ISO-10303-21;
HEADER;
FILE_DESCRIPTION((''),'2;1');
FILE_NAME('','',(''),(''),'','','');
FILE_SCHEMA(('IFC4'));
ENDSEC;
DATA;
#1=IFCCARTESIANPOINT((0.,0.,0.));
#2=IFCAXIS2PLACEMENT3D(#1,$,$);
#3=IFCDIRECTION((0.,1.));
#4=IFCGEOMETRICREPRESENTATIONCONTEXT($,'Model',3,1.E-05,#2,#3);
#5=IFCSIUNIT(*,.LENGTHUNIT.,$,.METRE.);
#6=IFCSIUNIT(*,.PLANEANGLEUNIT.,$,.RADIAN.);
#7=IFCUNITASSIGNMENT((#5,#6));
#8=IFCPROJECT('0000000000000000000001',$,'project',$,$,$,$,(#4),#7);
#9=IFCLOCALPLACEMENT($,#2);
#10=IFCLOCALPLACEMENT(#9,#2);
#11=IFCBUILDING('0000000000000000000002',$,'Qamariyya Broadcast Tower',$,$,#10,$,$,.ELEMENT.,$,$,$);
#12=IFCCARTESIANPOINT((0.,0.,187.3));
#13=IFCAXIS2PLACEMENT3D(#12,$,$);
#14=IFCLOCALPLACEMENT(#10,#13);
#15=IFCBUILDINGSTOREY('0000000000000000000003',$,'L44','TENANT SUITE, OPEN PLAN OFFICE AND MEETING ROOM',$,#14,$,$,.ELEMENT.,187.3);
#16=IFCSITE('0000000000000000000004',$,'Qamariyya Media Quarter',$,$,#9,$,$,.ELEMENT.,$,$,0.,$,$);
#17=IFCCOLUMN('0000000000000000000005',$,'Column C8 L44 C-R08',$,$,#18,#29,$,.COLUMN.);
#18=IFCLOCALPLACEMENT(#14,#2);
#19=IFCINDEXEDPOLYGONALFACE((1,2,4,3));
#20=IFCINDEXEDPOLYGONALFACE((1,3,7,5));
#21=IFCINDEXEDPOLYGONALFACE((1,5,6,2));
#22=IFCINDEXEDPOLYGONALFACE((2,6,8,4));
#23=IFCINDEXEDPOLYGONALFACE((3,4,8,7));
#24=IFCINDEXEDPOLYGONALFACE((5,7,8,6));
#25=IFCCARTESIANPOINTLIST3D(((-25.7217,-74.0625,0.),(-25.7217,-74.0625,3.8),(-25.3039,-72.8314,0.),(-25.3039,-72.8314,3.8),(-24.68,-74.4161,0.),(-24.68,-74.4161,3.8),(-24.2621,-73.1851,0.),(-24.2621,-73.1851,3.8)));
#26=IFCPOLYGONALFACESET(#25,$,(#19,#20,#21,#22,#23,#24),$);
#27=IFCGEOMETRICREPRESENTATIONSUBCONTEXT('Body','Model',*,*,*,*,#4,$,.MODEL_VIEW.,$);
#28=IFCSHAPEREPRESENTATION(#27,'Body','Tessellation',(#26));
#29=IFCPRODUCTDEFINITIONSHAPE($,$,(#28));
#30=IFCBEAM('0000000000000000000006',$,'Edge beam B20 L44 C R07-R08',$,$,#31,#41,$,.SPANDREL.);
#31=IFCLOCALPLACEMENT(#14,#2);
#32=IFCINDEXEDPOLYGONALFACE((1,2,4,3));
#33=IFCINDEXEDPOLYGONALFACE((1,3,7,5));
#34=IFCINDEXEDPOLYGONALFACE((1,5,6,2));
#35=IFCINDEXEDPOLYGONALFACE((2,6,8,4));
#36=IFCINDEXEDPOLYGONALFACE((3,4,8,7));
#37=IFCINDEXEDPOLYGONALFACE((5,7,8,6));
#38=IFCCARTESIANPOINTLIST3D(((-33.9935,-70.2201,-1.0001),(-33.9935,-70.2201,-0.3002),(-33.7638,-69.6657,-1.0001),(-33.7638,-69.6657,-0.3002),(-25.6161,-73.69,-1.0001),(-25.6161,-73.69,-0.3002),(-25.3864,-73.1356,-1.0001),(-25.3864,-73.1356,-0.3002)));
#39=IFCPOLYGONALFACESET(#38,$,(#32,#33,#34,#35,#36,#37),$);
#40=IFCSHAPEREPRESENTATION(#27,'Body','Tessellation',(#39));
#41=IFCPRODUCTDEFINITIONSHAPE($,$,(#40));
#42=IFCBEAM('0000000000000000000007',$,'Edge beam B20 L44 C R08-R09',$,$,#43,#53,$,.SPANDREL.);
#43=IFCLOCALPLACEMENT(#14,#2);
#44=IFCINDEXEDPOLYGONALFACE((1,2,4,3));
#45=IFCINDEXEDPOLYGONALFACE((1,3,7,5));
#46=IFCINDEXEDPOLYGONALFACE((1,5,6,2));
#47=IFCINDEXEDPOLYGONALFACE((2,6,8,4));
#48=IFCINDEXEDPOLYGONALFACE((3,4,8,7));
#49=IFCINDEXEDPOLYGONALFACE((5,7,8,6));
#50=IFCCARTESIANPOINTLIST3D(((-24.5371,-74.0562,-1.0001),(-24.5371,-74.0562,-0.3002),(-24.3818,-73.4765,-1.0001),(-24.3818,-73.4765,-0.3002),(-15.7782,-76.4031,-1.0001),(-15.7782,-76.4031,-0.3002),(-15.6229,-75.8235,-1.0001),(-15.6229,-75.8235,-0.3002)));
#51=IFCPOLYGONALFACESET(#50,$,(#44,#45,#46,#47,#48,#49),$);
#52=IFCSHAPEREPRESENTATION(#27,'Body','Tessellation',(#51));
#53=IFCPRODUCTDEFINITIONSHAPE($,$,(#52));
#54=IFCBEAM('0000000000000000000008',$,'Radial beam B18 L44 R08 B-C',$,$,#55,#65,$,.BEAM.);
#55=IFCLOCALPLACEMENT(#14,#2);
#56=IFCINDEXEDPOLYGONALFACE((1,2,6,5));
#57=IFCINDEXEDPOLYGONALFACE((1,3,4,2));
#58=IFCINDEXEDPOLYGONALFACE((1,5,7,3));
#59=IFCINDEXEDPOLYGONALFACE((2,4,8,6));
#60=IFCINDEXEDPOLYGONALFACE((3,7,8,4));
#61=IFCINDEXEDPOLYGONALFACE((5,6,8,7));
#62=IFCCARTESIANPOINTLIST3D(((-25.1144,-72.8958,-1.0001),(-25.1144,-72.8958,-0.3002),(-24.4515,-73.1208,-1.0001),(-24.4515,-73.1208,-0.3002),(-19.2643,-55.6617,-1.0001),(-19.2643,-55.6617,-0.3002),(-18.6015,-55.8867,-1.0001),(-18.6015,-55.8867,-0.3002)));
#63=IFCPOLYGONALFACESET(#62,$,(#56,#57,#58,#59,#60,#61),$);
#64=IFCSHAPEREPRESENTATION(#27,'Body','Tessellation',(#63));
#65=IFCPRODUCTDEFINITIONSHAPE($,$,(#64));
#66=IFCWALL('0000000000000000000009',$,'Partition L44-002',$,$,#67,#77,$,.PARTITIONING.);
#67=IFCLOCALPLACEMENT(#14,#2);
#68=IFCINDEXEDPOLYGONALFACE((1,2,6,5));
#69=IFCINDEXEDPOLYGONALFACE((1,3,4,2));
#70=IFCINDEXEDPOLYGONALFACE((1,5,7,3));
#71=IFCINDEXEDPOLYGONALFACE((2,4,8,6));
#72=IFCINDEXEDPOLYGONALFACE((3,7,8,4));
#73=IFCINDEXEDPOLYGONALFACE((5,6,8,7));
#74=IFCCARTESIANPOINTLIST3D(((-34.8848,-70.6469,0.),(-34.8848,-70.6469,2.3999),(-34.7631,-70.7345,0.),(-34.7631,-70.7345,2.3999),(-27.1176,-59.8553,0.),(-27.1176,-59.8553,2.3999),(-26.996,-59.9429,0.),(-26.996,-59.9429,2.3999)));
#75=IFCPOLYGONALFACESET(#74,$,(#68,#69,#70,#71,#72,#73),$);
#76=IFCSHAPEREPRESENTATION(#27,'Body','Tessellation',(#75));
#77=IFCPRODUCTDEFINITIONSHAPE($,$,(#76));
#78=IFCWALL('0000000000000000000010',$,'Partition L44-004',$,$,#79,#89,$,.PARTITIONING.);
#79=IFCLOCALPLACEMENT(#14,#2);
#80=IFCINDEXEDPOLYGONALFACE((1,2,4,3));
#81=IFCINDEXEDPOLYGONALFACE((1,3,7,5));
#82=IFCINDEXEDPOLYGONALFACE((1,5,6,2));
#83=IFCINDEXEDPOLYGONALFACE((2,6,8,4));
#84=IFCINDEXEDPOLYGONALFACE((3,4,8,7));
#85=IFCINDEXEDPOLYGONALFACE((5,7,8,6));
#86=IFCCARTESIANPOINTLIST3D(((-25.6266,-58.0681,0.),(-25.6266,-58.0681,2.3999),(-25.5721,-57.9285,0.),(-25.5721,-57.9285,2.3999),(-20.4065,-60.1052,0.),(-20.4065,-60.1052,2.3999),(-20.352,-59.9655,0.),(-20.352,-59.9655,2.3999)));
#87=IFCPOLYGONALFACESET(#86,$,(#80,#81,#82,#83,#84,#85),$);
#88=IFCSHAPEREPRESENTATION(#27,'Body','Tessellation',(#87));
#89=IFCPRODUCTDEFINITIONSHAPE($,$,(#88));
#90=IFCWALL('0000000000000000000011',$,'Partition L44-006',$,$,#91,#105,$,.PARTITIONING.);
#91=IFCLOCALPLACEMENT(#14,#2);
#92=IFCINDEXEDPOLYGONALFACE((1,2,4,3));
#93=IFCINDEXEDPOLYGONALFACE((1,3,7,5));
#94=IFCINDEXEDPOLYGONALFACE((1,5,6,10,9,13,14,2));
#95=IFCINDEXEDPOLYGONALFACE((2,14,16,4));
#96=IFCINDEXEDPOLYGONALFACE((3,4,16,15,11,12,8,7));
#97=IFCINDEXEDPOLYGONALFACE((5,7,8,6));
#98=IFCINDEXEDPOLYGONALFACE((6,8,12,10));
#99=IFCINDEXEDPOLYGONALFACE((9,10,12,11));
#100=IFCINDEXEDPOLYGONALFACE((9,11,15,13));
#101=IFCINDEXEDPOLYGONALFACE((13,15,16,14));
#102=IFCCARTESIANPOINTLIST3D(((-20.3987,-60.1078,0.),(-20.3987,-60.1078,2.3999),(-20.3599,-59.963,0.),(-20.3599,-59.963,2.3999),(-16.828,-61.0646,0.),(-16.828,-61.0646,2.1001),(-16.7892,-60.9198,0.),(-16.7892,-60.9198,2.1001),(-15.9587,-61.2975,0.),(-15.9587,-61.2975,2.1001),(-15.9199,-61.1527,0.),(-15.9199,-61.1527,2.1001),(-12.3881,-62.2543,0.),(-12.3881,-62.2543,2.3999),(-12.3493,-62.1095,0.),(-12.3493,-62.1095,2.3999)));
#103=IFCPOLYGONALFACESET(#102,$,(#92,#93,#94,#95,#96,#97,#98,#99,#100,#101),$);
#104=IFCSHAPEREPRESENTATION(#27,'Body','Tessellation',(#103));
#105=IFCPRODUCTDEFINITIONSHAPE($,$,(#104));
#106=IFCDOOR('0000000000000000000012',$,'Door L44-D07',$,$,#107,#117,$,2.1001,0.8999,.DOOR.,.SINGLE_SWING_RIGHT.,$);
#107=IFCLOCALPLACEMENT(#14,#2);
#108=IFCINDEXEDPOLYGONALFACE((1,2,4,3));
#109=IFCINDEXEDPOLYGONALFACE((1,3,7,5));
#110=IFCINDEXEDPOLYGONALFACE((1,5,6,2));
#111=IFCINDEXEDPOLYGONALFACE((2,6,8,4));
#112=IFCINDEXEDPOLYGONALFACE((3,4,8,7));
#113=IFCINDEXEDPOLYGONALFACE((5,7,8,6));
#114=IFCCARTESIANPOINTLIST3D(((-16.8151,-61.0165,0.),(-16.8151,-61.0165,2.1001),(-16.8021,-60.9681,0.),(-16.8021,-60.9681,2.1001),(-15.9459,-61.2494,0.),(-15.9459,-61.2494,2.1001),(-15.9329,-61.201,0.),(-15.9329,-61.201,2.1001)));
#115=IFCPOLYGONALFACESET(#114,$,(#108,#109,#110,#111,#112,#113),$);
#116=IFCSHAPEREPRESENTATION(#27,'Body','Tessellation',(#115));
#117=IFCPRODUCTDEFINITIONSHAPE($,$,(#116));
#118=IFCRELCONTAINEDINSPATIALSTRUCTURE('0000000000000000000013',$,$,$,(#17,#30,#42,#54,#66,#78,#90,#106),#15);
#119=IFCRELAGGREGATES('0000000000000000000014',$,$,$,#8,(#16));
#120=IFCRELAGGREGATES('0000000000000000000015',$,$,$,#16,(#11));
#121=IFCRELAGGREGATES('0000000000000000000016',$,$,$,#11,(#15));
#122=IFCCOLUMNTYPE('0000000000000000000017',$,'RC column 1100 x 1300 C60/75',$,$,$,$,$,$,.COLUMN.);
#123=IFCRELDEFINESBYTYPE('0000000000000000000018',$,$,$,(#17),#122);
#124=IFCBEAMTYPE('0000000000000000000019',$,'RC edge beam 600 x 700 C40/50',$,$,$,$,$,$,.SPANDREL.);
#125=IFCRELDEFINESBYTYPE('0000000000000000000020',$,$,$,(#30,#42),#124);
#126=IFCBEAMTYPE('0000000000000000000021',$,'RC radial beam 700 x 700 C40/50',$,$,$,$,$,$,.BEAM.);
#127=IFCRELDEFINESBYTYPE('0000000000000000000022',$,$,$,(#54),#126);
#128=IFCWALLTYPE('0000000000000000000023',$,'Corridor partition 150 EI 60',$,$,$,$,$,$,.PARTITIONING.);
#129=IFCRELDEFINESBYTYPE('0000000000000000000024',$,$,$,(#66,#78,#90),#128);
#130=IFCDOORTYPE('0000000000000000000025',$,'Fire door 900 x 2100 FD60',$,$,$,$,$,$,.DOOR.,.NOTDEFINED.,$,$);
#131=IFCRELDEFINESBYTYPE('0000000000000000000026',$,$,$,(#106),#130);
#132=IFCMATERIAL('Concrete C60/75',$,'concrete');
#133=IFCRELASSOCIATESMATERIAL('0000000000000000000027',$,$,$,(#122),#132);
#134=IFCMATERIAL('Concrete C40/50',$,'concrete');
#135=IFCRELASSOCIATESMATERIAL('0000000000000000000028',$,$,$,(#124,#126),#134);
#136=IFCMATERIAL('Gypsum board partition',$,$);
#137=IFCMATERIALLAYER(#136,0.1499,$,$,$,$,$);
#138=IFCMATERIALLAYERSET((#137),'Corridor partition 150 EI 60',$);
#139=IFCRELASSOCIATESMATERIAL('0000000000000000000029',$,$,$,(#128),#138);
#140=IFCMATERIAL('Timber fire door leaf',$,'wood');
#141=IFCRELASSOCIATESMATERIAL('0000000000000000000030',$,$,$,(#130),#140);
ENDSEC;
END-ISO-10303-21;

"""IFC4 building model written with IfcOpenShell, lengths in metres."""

from ifc_helpers import new_model, si_unit, direction, frame, frame_2d, origin, origin_2d, place, context, subcontext, project, spatial, rectangle, extrude, material, layer, layer_set, material_profile, profile_set, type_object, element, fill, save


model = new_model("IFC4")

# Units and contexts
model_context = context("Model", 3, precision=1e-05, world=origin(), true_north=direction((0.0, 1.0)))
body_context = subcontext(model_context, "Body", "Model", "MODEL_VIEW")
ifc_project = project(units=[si_unit("LENGTHUNIT", "METRE"), si_unit("PLANEANGLEUNIT", "RADIAN")], contexts=[model_context])

# Site, building, storey
site_placement = place(None, origin())
site = spatial("IfcSite", under=ifc_project, at=site_placement, Name="Qamariyya Media Quarter", CompositionType="ELEMENT", RefElevation=0.0)
building_placement = place(site_placement, origin())
building = spatial("IfcBuilding", under=site, at=building_placement, Name="Qamariyya Broadcast Tower", CompositionType="ELEMENT")
storey_placement = place(building_placement, frame((0.0, 0.0, 187.3)))
storey = spatial("IfcBuildingStorey", under=building, at=storey_placement, Name="L44", Description="TENANT SUITE, OPEN PLAN OFFICE AND MEETING ROOM", CompositionType="ELEMENT", Elevation=187.3)

# Column
ifc_material_1 = material(Name="Concrete C60/75", Category="concrete")
ifc_material_profile_1 = material_profile(ifc_material_1, rectangle(XDim=1.1001, YDim=1.3, at=origin_2d()))
ifc_profile_set_1 = profile_set([ifc_material_profile_1], Name="Concrete C60/75")
column_type = type_object("IfcColumnType", Name="RC column 1100 x 1300 C60/75", PredefinedType="COLUMN", material=ifc_profile_set_1)
column_placement = place(storey_placement, frame((-24.9919, -73.6238, 0.0), z_axis=(0.0, 0.0, 1.0), x_axis=(0.94693, -0.321439, 0.0)))
element("IfcColumn", 1, at=column_placement, inside=storey, type_object=column_type, Name="Column C8 L44 C-R08", PredefinedType="COLUMN", context=body_context, shape_type="SweptSolid", body=[
    extrude(rectangle(XDim=1.1001, YDim=1.3, at=origin_2d()), origin(), (0.0, 0.0, 1.0), 3.8),
])

# Beams
ifc_material_2 = material(Name="Concrete C40/50", Category="concrete")
ifc_material_profile_2 = material_profile(ifc_material_2, rectangle(XDim=0.6001, YDim=0.7, at=origin_2d()))
ifc_profile_set_2 = profile_set([ifc_material_profile_2], Name="Concrete C40/50")
beam_type_1 = type_object("IfcBeamType", Name="RC edge beam 600 x 700 C40/50", PredefinedType="SPANDREL", material=ifc_profile_set_2)
beam_1_placement = place(storey_placement, frame((-33.8787, -69.9429, -0.6501), z_axis=(0.923883, -0.382676, 0.0), x_axis=(0.382676, 0.923883, 0.0)))
element("IfcBeam", 2, at=beam_1_placement, inside=storey, type_object=beam_type_1, Name="Edge beam B20 L44 C R07-R08", PredefinedType="SPANDREL", context=body_context, shape_type="SweptSolid", body=[
    extrude(rectangle(XDim=0.6001, YDim=0.7, at=origin_2d()), origin(), (0.0, 0.0, 1.0), 9.0676),
])
beam_2_placement = place(storey_placement, frame((-24.4595, -73.7664, -0.6501), z_axis=(0.965925, -0.25882, 0.0), x_axis=(0.25882, 0.965925, 0.0)))
element("IfcBeam", 3, at=beam_2_placement, inside=storey, type_object=beam_type_1, Name="Edge beam B20 L44 C R08-R09", PredefinedType="SPANDREL", context=body_context, shape_type="SweptSolid", body=[
    extrude(rectangle(XDim=0.6001, YDim=0.7, at=origin_2d()), origin(), (0.0, 0.0, 1.0), 9.0679),
])
ifc_material_profile_3 = material_profile(ifc_material_2, rectangle(XDim=0.7, YDim=0.7, at=origin_2d()))
ifc_profile_set_3 = profile_set([ifc_material_profile_3], Name="Concrete C40/50")
beam_type_2 = type_object("IfcBeamType", Name="RC radial beam 700 x 700 C40/50", PredefinedType="BEAM", material=ifc_profile_set_3)
beam_3_placement = place(storey_placement, frame((-18.9329, -55.7742, -0.6501), z_axis=(-0.321434, -0.946932, 0.0), x_axis=(0.946932, -0.321434, 0.0)))
element("IfcBeam", 4, at=beam_3_placement, inside=storey, type_object=beam_type_2, Name="Radial beam B18 L44 R08 B-C", PredefinedType="BEAM", context=body_context, shape_type="SweptSolid", body=[
    extrude(rectangle(XDim=0.7, YDim=0.7, at=origin_2d()), origin(), (0.0, 0.0, 1.0), 18.2),
])

# Walls
ifc_material_3 = material(Name="Gypsum board partition")
ifc_layer_1 = layer(ifc_material_3, 0.1499)
ifc_layer_set_1 = layer_set([ifc_layer_1], Name="Corridor partition 150 EI 60")
wall_type_1 = type_object("IfcWallType", Name="Corridor partition 150 EI 60", PredefinedType="PARTITIONING", material=ifc_layer_set_1)
wall_1_placement = place(storey_placement, frame((-27.0569, -59.8992, 0.0), z_axis=(0.0, 0.0, 1.0), x_axis=(-0.584166, -0.811634, 0.0)))
element("IfcWall", 5, at=wall_1_placement, inside=storey, type_object=wall_type_1, Name="Partition L44-002", PredefinedType="PARTITIONING", context=body_context, shape_type="SweptSolid", body=[
    extrude(rectangle(XDim=13.2961, YDim=0.1499, at=frame_2d((6.6479, 0.0))), origin(), (0.0, 0.0, 1.0), 2.3999),
])
wall_2_placement = place(storey_placement, frame((-25.5994, -57.9983, 0.0), z_axis=(0.0, 0.0, 1.0), x_axis=(0.93158, -0.363535, 0.0)))
element("IfcWall", 6, at=wall_2_placement, inside=storey, type_object=wall_type_1, Name="Partition L44-004", PredefinedType="PARTITIONING", context=body_context, shape_type="SweptSolid", body=[
    extrude(rectangle(XDim=5.6035, YDim=0.1499, at=frame_2d((2.8018, 0.0))), origin(), (0.0, 0.0, 1.0), 2.3999),
])

# Wall, opening, door
wall_3_placement = place(storey_placement, frame((-20.3792, -60.0354, 0.0), z_axis=(0.0, 0.0, 1.0), x_axis=(0.965923, -0.258828, 0.0)))
wall_3 = element("IfcWall", 7, at=wall_3_placement, inside=storey, type_object=wall_type_1, Name="Partition L44-006", PredefinedType="PARTITIONING", context=body_context, shape_type="SweptSolid", body=[
    extrude(rectangle(XDim=8.2932, YDim=0.1499, at=frame_2d((4.1465, 0.0))), origin(), (0.0, 0.0, 1.0), 2.3999),
])
opening_1_placement = place(wall_3_placement, frame((3.6965, 0.0, 0.0)))
opening_1 = element("IfcOpeningElement", 8, at=opening_1_placement, cuts=wall_3, PredefinedType="OPENING", context=body_context, shape_type="SweptSolid", body=[
    extrude(rectangle(XDim=0.8999, YDim=2.1001, at=frame_2d((0.45, 1.05))), frame((0.0, 0.085, 0.0), z_axis=(0.0, -1.0, 0.0), x_axis=(1.0, 0.0, 0.0)), (0.0, 0.0, 1.0), 0.1699),
])
ifc_material_4 = material(Name="Timber fire door leaf", Category="wood")
door_type_1 = type_object("IfcDoorType", Name="Fire door 900 x 2100 FD60", OperationType="NOTDEFINED", PredefinedType="DOOR", material=ifc_material_4)
door_1_placement = place(opening_1_placement, origin())
door_1 = element("IfcDoor", 9, at=door_1_placement, inside=storey, type_object=door_type_1, Name="Door L44-D07", OperationType="SINGLE_SWING_RIGHT", OverallHeight=2.1001, OverallWidth=0.8999, PredefinedType="DOOR", context=body_context, shape_type="SweptSolid", body=[
    extrude(rectangle(XDim=0.8999, YDim=2.1001, at=frame_2d((0.45, 1.05))), frame((0.0, 0.0249, 0.0), z_axis=(0.0, -1.0, 0.0), x_axis=(1.0, 0.0, 0.0)), (0.0, 0.0, 1.0), 0.05),
])
fill(opening_1, door_1)

save(model, "model.ifc")
